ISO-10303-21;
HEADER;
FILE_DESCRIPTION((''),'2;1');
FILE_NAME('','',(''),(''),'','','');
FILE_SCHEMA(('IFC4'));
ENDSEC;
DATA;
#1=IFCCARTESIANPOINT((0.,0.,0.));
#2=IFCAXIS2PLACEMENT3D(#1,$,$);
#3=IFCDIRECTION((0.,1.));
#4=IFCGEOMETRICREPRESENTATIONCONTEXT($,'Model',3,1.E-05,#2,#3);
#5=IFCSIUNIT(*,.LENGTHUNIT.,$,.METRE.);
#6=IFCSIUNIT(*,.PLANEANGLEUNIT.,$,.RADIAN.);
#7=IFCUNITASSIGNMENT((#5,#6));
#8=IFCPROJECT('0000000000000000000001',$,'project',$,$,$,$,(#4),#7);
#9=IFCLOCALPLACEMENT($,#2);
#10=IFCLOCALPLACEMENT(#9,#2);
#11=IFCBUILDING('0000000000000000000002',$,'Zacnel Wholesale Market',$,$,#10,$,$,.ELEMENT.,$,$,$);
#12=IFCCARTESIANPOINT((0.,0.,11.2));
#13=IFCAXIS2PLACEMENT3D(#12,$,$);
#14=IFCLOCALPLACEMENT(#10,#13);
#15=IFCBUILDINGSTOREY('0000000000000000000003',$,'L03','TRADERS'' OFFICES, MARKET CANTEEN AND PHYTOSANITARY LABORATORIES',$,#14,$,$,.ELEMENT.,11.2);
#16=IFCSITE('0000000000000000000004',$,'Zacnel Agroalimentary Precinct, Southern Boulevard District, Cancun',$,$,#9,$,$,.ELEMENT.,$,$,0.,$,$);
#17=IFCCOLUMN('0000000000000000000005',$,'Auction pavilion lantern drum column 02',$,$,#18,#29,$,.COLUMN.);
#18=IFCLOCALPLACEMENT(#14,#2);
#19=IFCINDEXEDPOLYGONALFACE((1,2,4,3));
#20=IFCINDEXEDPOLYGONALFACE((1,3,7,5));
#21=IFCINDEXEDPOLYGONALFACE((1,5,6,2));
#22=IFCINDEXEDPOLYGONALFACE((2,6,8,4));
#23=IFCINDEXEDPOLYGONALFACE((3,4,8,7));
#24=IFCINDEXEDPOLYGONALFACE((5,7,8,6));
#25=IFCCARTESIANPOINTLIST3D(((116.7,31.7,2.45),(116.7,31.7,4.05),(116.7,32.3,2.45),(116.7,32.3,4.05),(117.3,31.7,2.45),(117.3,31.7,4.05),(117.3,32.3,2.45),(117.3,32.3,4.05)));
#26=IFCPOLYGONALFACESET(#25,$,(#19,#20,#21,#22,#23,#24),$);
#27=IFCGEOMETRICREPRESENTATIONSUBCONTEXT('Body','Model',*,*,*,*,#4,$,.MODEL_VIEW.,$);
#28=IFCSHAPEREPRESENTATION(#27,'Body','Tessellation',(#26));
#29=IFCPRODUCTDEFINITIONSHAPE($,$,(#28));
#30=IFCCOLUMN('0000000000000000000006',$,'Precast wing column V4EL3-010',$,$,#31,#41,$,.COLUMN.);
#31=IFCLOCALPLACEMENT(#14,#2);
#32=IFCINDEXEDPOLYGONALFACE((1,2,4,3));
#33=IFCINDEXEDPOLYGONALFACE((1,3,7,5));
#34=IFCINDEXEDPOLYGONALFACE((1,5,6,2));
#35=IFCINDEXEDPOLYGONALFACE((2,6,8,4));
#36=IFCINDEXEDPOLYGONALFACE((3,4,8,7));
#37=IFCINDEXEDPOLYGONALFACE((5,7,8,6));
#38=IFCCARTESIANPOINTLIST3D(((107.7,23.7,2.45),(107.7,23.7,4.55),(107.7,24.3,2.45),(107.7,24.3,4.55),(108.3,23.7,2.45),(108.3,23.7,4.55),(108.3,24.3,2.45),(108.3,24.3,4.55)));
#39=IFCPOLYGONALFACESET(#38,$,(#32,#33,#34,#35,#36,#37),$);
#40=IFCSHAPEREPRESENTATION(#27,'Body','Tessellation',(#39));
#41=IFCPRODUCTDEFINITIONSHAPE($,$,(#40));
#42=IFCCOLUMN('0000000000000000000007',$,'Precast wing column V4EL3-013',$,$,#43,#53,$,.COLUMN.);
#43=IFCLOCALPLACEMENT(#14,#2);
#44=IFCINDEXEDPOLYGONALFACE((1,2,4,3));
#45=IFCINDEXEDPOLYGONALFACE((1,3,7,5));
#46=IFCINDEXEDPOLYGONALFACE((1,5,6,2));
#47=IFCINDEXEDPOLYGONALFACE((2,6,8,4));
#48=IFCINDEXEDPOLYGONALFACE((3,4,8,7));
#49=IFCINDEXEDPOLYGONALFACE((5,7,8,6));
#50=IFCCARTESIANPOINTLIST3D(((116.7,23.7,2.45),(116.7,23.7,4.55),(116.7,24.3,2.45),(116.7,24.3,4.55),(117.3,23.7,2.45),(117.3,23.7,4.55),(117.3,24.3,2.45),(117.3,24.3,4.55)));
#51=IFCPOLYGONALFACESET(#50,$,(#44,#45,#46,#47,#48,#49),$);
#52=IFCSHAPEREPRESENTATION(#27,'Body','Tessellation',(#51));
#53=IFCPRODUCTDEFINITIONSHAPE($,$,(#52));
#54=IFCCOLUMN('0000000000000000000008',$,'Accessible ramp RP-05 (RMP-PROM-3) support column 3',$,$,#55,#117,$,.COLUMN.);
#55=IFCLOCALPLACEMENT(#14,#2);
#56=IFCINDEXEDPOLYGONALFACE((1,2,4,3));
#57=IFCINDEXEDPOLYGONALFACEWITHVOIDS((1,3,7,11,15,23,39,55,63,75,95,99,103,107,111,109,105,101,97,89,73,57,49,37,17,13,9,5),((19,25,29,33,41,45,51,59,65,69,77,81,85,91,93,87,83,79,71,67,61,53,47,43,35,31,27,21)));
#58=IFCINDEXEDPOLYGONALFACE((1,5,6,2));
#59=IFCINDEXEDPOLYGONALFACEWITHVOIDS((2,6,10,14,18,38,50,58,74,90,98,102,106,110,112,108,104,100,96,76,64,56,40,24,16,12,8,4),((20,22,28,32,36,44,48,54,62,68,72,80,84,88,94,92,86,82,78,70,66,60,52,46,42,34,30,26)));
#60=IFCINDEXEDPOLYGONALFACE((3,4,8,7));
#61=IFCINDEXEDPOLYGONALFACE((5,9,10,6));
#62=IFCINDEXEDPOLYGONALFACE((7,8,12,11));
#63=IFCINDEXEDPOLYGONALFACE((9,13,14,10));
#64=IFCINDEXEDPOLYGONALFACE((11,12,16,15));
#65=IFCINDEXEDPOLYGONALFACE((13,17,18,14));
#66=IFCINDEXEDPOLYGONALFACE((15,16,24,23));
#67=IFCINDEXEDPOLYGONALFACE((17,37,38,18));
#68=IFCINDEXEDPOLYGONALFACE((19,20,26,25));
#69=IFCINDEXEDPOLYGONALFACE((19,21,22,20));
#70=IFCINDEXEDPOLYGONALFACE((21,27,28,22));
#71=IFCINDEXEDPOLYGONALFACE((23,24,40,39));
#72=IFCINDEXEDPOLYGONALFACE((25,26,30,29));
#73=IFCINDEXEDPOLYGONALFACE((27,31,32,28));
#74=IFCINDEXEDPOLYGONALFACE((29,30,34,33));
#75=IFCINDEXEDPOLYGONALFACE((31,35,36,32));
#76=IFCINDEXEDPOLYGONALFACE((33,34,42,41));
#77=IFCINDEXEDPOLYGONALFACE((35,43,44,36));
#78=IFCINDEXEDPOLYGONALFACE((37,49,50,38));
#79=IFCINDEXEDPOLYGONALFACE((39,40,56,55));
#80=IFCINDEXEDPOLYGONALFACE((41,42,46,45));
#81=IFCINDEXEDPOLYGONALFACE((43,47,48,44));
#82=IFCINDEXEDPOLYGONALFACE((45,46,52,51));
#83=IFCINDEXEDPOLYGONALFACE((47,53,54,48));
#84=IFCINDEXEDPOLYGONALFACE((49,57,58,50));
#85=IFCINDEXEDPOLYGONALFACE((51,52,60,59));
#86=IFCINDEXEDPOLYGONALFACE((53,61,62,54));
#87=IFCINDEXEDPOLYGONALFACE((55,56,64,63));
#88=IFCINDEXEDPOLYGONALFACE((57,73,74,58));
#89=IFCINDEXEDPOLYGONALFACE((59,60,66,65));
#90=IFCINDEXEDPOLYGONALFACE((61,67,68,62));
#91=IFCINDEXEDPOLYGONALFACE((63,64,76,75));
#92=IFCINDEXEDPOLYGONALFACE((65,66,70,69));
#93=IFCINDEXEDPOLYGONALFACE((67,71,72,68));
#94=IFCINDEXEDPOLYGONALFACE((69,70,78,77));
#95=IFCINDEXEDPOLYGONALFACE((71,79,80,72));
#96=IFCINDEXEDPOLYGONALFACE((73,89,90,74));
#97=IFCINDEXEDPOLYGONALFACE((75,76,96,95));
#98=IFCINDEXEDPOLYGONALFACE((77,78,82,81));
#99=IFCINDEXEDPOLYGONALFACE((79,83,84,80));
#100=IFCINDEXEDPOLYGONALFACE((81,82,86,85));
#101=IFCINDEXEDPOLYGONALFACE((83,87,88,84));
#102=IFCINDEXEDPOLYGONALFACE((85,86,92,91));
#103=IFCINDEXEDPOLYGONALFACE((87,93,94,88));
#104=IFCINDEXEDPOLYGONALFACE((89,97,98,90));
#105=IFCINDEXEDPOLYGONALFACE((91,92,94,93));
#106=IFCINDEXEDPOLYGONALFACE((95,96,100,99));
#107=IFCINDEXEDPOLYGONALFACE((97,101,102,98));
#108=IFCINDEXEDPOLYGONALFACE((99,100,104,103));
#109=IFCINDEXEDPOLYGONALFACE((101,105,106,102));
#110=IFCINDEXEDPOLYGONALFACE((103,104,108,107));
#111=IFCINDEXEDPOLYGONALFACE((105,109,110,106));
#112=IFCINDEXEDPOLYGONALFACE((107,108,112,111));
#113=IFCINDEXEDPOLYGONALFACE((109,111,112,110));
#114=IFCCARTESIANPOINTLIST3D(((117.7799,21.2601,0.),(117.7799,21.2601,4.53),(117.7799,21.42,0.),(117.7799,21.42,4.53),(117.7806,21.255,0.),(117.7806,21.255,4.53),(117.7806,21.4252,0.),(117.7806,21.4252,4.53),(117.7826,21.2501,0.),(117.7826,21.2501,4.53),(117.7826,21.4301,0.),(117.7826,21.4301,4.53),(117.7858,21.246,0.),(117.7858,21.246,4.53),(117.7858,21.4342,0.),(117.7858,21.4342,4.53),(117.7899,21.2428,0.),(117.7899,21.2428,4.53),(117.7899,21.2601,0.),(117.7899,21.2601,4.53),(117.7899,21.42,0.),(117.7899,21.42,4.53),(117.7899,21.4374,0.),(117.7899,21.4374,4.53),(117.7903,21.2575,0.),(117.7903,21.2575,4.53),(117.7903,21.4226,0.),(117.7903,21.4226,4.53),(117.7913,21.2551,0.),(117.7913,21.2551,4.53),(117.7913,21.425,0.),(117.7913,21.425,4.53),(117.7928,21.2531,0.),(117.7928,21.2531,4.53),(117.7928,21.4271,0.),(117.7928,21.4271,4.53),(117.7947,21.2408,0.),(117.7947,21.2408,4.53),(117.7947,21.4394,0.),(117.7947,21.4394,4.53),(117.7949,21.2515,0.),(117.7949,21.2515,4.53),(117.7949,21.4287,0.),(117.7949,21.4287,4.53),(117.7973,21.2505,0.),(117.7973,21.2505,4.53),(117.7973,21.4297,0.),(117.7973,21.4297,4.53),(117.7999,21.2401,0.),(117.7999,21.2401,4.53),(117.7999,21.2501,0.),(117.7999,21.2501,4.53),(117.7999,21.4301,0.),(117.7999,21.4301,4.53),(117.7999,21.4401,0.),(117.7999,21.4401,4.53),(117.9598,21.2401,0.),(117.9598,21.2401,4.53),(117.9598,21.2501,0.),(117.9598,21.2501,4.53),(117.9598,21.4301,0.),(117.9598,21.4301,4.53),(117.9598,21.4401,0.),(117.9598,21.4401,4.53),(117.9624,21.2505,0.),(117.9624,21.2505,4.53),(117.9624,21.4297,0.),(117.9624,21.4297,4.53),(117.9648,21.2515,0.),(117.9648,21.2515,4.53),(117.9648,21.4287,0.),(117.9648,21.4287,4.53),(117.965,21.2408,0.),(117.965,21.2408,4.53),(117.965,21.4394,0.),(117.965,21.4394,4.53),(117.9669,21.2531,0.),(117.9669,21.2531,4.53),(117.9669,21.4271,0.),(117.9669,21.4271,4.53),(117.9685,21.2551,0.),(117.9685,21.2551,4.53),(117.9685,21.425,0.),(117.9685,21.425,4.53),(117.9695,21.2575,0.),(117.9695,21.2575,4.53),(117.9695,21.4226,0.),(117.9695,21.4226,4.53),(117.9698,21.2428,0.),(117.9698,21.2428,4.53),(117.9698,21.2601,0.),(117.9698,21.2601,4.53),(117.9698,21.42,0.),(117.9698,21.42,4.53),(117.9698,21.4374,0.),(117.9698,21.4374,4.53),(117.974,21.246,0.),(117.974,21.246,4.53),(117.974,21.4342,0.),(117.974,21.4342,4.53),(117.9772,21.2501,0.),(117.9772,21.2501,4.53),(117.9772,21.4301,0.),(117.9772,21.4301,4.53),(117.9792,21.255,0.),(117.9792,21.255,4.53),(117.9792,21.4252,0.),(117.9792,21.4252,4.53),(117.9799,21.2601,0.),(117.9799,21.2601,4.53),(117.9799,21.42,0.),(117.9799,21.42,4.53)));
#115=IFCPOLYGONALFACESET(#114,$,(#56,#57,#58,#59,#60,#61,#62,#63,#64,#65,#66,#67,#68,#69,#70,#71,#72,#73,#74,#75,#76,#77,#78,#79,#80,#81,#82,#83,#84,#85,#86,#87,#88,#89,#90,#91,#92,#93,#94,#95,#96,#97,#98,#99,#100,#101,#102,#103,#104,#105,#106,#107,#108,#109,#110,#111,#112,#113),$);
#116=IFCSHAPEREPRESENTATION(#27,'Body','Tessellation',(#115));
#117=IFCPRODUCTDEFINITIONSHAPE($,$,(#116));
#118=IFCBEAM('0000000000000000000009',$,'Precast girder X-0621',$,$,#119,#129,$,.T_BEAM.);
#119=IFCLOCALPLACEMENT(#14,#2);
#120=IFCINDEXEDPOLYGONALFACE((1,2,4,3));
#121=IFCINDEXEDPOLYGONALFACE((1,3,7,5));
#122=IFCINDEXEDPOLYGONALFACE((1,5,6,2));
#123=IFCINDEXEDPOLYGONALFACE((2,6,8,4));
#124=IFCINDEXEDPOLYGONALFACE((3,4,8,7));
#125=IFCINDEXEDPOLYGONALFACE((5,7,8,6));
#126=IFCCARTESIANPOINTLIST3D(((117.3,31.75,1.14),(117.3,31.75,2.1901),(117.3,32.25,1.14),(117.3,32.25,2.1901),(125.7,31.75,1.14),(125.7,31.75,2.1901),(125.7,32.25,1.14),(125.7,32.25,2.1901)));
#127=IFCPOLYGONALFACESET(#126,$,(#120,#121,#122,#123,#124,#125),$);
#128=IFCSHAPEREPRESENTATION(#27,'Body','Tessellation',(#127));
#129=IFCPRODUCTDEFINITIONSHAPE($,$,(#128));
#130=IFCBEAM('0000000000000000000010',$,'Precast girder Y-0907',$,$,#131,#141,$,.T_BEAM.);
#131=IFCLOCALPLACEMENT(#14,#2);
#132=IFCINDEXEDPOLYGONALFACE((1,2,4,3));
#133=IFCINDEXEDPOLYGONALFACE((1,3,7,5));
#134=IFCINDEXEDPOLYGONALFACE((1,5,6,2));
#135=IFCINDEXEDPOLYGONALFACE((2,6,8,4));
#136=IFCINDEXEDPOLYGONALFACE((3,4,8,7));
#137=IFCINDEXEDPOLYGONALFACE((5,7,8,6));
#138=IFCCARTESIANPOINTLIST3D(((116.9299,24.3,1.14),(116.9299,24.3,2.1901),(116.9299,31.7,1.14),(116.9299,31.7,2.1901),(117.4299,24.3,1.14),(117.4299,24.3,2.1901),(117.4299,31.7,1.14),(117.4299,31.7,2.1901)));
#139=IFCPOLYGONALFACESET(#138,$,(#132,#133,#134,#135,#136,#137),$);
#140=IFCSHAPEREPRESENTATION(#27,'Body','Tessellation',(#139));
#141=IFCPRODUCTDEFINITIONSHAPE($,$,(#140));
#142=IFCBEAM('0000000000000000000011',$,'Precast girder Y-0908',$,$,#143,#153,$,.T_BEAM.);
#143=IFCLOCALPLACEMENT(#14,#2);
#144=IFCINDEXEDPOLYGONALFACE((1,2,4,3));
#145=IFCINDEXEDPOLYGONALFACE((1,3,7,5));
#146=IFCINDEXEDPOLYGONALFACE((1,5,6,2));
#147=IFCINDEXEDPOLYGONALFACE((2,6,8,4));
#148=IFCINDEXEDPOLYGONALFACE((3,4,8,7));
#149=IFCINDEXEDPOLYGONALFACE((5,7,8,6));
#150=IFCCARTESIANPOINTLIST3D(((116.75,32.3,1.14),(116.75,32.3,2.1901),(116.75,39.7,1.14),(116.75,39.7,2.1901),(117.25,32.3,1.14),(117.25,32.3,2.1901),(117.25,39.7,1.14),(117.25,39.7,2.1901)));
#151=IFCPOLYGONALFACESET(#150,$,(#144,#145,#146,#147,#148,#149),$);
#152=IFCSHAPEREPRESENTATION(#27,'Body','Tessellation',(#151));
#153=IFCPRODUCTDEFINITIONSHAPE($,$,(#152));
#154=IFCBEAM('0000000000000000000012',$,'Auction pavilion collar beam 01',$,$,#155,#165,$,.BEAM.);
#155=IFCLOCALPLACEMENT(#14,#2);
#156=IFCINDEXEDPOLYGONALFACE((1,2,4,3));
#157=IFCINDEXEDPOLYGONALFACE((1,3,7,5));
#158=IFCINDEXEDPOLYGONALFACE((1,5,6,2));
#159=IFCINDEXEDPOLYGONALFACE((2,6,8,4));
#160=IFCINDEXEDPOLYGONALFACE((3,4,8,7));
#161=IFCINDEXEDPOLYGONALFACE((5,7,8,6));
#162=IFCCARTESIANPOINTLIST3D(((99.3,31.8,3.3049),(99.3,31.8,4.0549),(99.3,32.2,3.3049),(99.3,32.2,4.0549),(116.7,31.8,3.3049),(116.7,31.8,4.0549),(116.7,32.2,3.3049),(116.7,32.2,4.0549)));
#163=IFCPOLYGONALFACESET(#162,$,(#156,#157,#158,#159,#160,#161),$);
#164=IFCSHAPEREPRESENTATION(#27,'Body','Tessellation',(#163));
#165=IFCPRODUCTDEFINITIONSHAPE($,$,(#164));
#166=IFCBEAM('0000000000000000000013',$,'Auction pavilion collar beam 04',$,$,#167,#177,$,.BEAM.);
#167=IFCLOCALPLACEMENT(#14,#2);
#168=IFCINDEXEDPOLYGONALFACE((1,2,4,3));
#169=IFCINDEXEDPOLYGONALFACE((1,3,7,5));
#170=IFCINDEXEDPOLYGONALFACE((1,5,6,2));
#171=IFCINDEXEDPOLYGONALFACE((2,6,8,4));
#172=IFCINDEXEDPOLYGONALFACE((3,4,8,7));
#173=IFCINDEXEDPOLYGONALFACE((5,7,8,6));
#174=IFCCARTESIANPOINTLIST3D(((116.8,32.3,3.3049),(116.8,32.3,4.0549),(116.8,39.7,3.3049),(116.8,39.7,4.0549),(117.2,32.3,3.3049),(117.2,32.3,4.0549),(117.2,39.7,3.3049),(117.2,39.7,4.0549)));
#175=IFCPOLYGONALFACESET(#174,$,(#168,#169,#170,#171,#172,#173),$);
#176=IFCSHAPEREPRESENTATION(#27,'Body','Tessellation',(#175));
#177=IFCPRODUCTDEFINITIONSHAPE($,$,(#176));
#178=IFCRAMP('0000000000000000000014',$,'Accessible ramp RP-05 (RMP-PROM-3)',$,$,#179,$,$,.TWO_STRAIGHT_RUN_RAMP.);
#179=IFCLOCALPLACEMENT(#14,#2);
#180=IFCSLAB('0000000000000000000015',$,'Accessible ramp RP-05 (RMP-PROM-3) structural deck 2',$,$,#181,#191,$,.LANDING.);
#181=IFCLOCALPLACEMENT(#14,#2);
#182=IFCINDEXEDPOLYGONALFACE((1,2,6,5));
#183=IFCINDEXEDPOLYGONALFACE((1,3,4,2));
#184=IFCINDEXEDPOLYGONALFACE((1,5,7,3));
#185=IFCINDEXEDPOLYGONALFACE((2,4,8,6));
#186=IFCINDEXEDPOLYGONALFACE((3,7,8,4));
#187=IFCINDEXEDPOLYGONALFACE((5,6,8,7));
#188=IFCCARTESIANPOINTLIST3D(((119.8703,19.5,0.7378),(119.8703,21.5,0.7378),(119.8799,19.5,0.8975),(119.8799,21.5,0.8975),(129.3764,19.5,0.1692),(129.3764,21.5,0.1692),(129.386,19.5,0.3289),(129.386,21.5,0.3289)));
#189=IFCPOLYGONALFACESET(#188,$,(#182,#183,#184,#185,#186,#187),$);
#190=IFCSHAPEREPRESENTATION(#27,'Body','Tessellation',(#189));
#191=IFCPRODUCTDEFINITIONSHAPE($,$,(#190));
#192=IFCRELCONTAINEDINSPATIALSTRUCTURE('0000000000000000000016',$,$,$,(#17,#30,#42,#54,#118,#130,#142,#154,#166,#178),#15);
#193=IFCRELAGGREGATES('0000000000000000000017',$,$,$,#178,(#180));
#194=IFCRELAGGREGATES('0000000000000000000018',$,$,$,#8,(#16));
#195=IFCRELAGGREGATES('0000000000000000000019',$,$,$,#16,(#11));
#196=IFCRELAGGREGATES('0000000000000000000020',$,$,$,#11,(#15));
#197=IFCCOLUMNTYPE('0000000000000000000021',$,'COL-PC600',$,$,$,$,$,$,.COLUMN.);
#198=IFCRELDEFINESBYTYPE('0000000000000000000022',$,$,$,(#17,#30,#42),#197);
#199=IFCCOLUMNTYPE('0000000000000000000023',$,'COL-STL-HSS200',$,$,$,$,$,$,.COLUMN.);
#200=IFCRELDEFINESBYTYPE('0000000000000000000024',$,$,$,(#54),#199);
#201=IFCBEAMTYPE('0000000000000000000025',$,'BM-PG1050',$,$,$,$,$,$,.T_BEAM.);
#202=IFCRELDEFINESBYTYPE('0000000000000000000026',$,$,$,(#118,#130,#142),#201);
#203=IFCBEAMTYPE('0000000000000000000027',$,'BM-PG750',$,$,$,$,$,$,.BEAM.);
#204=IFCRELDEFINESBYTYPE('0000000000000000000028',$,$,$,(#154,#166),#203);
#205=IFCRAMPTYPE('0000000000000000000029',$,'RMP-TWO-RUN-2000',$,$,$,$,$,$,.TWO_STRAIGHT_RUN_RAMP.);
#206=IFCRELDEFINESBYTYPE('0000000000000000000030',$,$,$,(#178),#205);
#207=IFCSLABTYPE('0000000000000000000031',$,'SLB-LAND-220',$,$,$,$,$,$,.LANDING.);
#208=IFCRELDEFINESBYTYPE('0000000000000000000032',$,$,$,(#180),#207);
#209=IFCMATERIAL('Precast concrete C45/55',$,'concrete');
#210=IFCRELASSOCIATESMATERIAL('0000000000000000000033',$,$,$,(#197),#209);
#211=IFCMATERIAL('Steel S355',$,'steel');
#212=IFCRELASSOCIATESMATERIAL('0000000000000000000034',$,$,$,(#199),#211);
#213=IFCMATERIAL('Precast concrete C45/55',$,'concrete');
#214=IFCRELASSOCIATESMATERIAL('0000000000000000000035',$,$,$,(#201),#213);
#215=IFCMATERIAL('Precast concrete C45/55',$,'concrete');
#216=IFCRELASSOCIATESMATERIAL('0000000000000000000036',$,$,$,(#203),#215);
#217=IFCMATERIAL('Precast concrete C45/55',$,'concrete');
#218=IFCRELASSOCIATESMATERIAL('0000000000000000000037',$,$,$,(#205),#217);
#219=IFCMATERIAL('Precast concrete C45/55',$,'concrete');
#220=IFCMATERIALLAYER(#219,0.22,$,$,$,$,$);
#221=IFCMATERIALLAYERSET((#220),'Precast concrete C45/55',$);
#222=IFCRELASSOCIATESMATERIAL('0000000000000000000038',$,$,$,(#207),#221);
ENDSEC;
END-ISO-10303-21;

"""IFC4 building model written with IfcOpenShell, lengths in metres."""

from ifc_helpers import new_model, si_unit, direction, frame, origin, origin_2d, place, context, subcontext, project, spatial, polyline, rectangle, hollow_rectangle, outline, extrude, material, layer, layer_set, material_profile, profile_set, type_object, element, aggregate, save


model = new_model("IFC4")

# Units and contexts
model_context = context("Model", 3, precision=1e-05, world=origin(), true_north=direction((0.0, 1.0)))
body_context = subcontext(model_context, "Body", "Model", "MODEL_VIEW")
ifc_project = project(units=[si_unit("LENGTHUNIT", "METRE"), si_unit("PLANEANGLEUNIT", "RADIAN")], contexts=[model_context])

# Site, building, storey
site_placement = place(None, origin())
site = spatial("IfcSite", under=ifc_project, at=site_placement, Name="Zacnel Agroalimentary Precinct, Southern Boulevard District, Cancun", CompositionType="ELEMENT", RefElevation=0.0)
building_placement = place(site_placement, origin())
building = spatial("IfcBuilding", under=site, at=building_placement, Name="Zacnel Wholesale Market", CompositionType="ELEMENT")
storey_placement = place(building_placement, frame((0.0, 0.0, 11.2)))
storey = spatial("IfcBuildingStorey", under=building, at=storey_placement, Name="L03", Description="TRADERS' OFFICES, MARKET CANTEEN AND PHYTOSANITARY LABORATORIES", CompositionType="ELEMENT", Elevation=11.2)

# Columns
ifc_material_1 = material(Name="Precast concrete C45/55", Category="concrete")
ifc_material_profile_1 = material_profile(ifc_material_1, rectangle(XDim=0.6001, YDim=0.6001, at=origin_2d()), Name="PC 600x600")
ifc_profile_set_1 = profile_set([ifc_material_profile_1], Name="Precast concrete C45/55")
column_type_1 = type_object("IfcColumnType", Name="COL-PC600", PredefinedType="COLUMN", material=ifc_profile_set_1)
column_1_placement = place(storey_placement, frame((117.0, 32.0, 2.45), z_axis=(0.0, 0.0, 1.0), x_axis=(1.0, 0.0, 0.0)))
element("IfcColumn", 1, at=column_1_placement, inside=storey, type_object=column_type_1, Name="Auction pavilion lantern drum column 02", PredefinedType="COLUMN", context=body_context, shape_type="SweptSolid", body=[
    extrude(rectangle(XDim=0.6001, YDim=0.6001, at=origin_2d()), origin(), (0.0, 0.0, 1.0), 1.6001),
])
for number, where, z_axis, x_axis, name in (
    (2, (108.0, 24.0, 2.45), (0.0, 0.0, 1.0), (1.0, 0.0, 0.0), "Precast wing column V4EL3-010"),
    (3, (117.0, 24.0, 2.45), (0.0, 0.0, 1.0), (1.0, 0.0, 0.0), "Precast wing column V4EL3-013"),
):
    element("IfcColumn", number, at=place(storey_placement, frame(where, z_axis=z_axis, x_axis=x_axis)), inside=storey, type_object=column_type_1, Name=name, PredefinedType="COLUMN", context=body_context, shape_type="SweptSolid", body=[
        extrude(rectangle(XDim=0.6001, YDim=0.6001, at=origin_2d()), origin(), (0.0, 0.0, 1.0), 2.1001),
    ])
ifc_material_2 = material(Name="Steel S355", Category="steel")
ifc_material_profile_2 = material_profile(ifc_material_2, hollow_rectangle(XDim=0.2, YDim=0.2, WallThickness=0.01, InnerFilletRadius=0.01, OuterFilletRadius=0.02, at=origin_2d()), Name="HSS 200x200x10")
ifc_profile_set_2 = profile_set([ifc_material_profile_2], Name="Steel S355")
column_type_2 = type_object("IfcColumnType", Name="COL-STL-HSS200", PredefinedType="COLUMN", material=ifc_profile_set_2)
column_2_placement = place(storey_placement, frame((117.8799, 21.3401, 0.0), z_axis=(0.0, 0.0, 1.0), x_axis=(1.0, 0.0, 0.0)))
element("IfcColumn", 4, at=column_2_placement, inside=storey, type_object=column_type_2, Name="Accessible ramp RP-05 (RMP-PROM-3) support column 3", PredefinedType="COLUMN", context=body_context, shape_type="SweptSolid", body=[
    extrude(hollow_rectangle(XDim=0.2, YDim=0.2, WallThickness=0.01, InnerFilletRadius=0.01, OuterFilletRadius=0.02, at=origin_2d()), origin(), (0.0, 0.0, 1.0), 4.53),
])

# Beams
ifc_material_3 = material(Name="Precast concrete C45/55", Category="concrete")
ifc_material_profile_3 = material_profile(ifc_material_3, rectangle(XDim=0.5, YDim=1.05, at=origin_2d()), Name="PG 500x1050")
ifc_profile_set_3 = profile_set([ifc_material_profile_3], Name="Precast concrete C45/55")
beam_type_1 = type_object("IfcBeamType", Name="BM-PG1050", PredefinedType="T_BEAM", material=ifc_profile_set_3)
beam_1_placement = place(storey_placement, frame((117.3, 32.0, 1.665), z_axis=(1.0, 0.0, 0.0), x_axis=(0.0, 1.0, 0.0)))
element("IfcBeam", 5, at=beam_1_placement, inside=storey, type_object=beam_type_1, Name="Precast girder X-0621", PredefinedType="T_BEAM", context=body_context, shape_type="SweptSolid", body=[
    extrude(rectangle(XDim=0.5, YDim=1.05, at=origin_2d()), origin(), (0.0, 0.0, 1.0), 8.3999),
])
for number, where, z_axis, x_axis, name in (
    (6, (117.1799, 24.3, 1.665), (0.0, 1.0, 0.0), (-1.0, 0.0, 0.0), "Precast girder Y-0907"),
    (7, (117.0, 32.3, 1.665), (0.0, 1.0, 0.0), (-1.0, 0.0, 0.0), "Precast girder Y-0908"),
):
    element("IfcBeam", number, at=place(storey_placement, frame(where, z_axis=z_axis, x_axis=x_axis)), inside=storey, type_object=beam_type_1, Name=name, PredefinedType="T_BEAM", context=body_context, shape_type="SweptSolid", body=[
        extrude(rectangle(XDim=0.5, YDim=1.05, at=origin_2d()), origin(), (0.0, 0.0, 1.0), 7.3999),
    ])
ifc_material_4 = material(Name="Precast concrete C45/55", Category="concrete")
ifc_material_profile_4 = material_profile(ifc_material_4, rectangle(XDim=0.3999, YDim=0.75, at=origin_2d()), Name="PG 400x750")
ifc_profile_set_4 = profile_set([ifc_material_profile_4], Name="Precast concrete C45/55")
beam_type_2 = type_object("IfcBeamType", Name="BM-PG750", PredefinedType="BEAM", material=ifc_profile_set_4)
beam_2_placement = place(storey_placement, frame((99.3, 32.0, 3.6799), z_axis=(1.0, 0.0, 0.0), x_axis=(0.0, 1.0, 0.0)))
element("IfcBeam", 8, at=beam_2_placement, inside=storey, type_object=beam_type_2, Name="Auction pavilion collar beam 01", PredefinedType="BEAM", context=body_context, shape_type="SweptSolid", body=[
    extrude(rectangle(XDim=0.3999, YDim=0.75, at=origin_2d()), origin(), (0.0, 0.0, 1.0), 17.3999),
])
beam_3_placement = place(storey_placement, frame((117.0, 32.3, 3.6799), z_axis=(0.0, 1.0, 0.0), x_axis=(-1.0, 0.0, 0.0)))
element("IfcBeam", 9, at=beam_3_placement, inside=storey, type_object=beam_type_2, Name="Auction pavilion collar beam 04", PredefinedType="BEAM", context=body_context, shape_type="SweptSolid", body=[
    extrude(rectangle(XDim=0.3999, YDim=0.75, at=origin_2d()), origin(), (0.0, 0.0, 1.0), 7.3999),
])

# Ramp, slab
ifc_material_5 = material(Name="Precast concrete C45/55", Category="concrete")
ramp_type = type_object("IfcRampType", Name="RMP-TWO-RUN-2000", PredefinedType="TWO_STRAIGHT_RUN_RAMP", material=ifc_material_5)
ramp_placement = place(storey_placement, origin())
ramp = element("IfcRamp", 10, at=ramp_placement, inside=storey, type_object=ramp_type, Name="Accessible ramp RP-05 (RMP-PROM-3)", PredefinedType="TWO_STRAIGHT_RUN_RAMP")
ifc_material_6 = material(Name="Precast concrete C45/55", Category="concrete")
ifc_layer_1 = layer(ifc_material_6, 0.22)
ifc_layer_set_1 = layer_set([ifc_layer_1], Name="Precast concrete C45/55")
slab_type = type_object("IfcSlabType", Name="SLB-LAND-220", PredefinedType="LANDING", material=ifc_layer_set_1)
slab_1_placement = place(storey_placement, frame((119.8799, 19.5, 0.8975), z_axis=(0.059708, 0.0, 0.998216), x_axis=(0.998216, 0.0, -0.059708)))
slab_1 = element("IfcSlab", 11, at=slab_1_placement, type_object=slab_type, Name="Accessible ramp RP-05 (RMP-PROM-3) structural deck 2", PredefinedType="LANDING", context=body_context, shape_type="SweptSolid", body=[
    extrude(outline(polyline([(0.0, 0.0), (9.5231, 0.0), (9.5231, 2.0), (0.0, 2.0), (0.0, 0.0)])), origin(), (0.0, 0.0, -1.0), 0.1599),
])
aggregate(ramp, [slab_1])

save(model, "model.ifc")
